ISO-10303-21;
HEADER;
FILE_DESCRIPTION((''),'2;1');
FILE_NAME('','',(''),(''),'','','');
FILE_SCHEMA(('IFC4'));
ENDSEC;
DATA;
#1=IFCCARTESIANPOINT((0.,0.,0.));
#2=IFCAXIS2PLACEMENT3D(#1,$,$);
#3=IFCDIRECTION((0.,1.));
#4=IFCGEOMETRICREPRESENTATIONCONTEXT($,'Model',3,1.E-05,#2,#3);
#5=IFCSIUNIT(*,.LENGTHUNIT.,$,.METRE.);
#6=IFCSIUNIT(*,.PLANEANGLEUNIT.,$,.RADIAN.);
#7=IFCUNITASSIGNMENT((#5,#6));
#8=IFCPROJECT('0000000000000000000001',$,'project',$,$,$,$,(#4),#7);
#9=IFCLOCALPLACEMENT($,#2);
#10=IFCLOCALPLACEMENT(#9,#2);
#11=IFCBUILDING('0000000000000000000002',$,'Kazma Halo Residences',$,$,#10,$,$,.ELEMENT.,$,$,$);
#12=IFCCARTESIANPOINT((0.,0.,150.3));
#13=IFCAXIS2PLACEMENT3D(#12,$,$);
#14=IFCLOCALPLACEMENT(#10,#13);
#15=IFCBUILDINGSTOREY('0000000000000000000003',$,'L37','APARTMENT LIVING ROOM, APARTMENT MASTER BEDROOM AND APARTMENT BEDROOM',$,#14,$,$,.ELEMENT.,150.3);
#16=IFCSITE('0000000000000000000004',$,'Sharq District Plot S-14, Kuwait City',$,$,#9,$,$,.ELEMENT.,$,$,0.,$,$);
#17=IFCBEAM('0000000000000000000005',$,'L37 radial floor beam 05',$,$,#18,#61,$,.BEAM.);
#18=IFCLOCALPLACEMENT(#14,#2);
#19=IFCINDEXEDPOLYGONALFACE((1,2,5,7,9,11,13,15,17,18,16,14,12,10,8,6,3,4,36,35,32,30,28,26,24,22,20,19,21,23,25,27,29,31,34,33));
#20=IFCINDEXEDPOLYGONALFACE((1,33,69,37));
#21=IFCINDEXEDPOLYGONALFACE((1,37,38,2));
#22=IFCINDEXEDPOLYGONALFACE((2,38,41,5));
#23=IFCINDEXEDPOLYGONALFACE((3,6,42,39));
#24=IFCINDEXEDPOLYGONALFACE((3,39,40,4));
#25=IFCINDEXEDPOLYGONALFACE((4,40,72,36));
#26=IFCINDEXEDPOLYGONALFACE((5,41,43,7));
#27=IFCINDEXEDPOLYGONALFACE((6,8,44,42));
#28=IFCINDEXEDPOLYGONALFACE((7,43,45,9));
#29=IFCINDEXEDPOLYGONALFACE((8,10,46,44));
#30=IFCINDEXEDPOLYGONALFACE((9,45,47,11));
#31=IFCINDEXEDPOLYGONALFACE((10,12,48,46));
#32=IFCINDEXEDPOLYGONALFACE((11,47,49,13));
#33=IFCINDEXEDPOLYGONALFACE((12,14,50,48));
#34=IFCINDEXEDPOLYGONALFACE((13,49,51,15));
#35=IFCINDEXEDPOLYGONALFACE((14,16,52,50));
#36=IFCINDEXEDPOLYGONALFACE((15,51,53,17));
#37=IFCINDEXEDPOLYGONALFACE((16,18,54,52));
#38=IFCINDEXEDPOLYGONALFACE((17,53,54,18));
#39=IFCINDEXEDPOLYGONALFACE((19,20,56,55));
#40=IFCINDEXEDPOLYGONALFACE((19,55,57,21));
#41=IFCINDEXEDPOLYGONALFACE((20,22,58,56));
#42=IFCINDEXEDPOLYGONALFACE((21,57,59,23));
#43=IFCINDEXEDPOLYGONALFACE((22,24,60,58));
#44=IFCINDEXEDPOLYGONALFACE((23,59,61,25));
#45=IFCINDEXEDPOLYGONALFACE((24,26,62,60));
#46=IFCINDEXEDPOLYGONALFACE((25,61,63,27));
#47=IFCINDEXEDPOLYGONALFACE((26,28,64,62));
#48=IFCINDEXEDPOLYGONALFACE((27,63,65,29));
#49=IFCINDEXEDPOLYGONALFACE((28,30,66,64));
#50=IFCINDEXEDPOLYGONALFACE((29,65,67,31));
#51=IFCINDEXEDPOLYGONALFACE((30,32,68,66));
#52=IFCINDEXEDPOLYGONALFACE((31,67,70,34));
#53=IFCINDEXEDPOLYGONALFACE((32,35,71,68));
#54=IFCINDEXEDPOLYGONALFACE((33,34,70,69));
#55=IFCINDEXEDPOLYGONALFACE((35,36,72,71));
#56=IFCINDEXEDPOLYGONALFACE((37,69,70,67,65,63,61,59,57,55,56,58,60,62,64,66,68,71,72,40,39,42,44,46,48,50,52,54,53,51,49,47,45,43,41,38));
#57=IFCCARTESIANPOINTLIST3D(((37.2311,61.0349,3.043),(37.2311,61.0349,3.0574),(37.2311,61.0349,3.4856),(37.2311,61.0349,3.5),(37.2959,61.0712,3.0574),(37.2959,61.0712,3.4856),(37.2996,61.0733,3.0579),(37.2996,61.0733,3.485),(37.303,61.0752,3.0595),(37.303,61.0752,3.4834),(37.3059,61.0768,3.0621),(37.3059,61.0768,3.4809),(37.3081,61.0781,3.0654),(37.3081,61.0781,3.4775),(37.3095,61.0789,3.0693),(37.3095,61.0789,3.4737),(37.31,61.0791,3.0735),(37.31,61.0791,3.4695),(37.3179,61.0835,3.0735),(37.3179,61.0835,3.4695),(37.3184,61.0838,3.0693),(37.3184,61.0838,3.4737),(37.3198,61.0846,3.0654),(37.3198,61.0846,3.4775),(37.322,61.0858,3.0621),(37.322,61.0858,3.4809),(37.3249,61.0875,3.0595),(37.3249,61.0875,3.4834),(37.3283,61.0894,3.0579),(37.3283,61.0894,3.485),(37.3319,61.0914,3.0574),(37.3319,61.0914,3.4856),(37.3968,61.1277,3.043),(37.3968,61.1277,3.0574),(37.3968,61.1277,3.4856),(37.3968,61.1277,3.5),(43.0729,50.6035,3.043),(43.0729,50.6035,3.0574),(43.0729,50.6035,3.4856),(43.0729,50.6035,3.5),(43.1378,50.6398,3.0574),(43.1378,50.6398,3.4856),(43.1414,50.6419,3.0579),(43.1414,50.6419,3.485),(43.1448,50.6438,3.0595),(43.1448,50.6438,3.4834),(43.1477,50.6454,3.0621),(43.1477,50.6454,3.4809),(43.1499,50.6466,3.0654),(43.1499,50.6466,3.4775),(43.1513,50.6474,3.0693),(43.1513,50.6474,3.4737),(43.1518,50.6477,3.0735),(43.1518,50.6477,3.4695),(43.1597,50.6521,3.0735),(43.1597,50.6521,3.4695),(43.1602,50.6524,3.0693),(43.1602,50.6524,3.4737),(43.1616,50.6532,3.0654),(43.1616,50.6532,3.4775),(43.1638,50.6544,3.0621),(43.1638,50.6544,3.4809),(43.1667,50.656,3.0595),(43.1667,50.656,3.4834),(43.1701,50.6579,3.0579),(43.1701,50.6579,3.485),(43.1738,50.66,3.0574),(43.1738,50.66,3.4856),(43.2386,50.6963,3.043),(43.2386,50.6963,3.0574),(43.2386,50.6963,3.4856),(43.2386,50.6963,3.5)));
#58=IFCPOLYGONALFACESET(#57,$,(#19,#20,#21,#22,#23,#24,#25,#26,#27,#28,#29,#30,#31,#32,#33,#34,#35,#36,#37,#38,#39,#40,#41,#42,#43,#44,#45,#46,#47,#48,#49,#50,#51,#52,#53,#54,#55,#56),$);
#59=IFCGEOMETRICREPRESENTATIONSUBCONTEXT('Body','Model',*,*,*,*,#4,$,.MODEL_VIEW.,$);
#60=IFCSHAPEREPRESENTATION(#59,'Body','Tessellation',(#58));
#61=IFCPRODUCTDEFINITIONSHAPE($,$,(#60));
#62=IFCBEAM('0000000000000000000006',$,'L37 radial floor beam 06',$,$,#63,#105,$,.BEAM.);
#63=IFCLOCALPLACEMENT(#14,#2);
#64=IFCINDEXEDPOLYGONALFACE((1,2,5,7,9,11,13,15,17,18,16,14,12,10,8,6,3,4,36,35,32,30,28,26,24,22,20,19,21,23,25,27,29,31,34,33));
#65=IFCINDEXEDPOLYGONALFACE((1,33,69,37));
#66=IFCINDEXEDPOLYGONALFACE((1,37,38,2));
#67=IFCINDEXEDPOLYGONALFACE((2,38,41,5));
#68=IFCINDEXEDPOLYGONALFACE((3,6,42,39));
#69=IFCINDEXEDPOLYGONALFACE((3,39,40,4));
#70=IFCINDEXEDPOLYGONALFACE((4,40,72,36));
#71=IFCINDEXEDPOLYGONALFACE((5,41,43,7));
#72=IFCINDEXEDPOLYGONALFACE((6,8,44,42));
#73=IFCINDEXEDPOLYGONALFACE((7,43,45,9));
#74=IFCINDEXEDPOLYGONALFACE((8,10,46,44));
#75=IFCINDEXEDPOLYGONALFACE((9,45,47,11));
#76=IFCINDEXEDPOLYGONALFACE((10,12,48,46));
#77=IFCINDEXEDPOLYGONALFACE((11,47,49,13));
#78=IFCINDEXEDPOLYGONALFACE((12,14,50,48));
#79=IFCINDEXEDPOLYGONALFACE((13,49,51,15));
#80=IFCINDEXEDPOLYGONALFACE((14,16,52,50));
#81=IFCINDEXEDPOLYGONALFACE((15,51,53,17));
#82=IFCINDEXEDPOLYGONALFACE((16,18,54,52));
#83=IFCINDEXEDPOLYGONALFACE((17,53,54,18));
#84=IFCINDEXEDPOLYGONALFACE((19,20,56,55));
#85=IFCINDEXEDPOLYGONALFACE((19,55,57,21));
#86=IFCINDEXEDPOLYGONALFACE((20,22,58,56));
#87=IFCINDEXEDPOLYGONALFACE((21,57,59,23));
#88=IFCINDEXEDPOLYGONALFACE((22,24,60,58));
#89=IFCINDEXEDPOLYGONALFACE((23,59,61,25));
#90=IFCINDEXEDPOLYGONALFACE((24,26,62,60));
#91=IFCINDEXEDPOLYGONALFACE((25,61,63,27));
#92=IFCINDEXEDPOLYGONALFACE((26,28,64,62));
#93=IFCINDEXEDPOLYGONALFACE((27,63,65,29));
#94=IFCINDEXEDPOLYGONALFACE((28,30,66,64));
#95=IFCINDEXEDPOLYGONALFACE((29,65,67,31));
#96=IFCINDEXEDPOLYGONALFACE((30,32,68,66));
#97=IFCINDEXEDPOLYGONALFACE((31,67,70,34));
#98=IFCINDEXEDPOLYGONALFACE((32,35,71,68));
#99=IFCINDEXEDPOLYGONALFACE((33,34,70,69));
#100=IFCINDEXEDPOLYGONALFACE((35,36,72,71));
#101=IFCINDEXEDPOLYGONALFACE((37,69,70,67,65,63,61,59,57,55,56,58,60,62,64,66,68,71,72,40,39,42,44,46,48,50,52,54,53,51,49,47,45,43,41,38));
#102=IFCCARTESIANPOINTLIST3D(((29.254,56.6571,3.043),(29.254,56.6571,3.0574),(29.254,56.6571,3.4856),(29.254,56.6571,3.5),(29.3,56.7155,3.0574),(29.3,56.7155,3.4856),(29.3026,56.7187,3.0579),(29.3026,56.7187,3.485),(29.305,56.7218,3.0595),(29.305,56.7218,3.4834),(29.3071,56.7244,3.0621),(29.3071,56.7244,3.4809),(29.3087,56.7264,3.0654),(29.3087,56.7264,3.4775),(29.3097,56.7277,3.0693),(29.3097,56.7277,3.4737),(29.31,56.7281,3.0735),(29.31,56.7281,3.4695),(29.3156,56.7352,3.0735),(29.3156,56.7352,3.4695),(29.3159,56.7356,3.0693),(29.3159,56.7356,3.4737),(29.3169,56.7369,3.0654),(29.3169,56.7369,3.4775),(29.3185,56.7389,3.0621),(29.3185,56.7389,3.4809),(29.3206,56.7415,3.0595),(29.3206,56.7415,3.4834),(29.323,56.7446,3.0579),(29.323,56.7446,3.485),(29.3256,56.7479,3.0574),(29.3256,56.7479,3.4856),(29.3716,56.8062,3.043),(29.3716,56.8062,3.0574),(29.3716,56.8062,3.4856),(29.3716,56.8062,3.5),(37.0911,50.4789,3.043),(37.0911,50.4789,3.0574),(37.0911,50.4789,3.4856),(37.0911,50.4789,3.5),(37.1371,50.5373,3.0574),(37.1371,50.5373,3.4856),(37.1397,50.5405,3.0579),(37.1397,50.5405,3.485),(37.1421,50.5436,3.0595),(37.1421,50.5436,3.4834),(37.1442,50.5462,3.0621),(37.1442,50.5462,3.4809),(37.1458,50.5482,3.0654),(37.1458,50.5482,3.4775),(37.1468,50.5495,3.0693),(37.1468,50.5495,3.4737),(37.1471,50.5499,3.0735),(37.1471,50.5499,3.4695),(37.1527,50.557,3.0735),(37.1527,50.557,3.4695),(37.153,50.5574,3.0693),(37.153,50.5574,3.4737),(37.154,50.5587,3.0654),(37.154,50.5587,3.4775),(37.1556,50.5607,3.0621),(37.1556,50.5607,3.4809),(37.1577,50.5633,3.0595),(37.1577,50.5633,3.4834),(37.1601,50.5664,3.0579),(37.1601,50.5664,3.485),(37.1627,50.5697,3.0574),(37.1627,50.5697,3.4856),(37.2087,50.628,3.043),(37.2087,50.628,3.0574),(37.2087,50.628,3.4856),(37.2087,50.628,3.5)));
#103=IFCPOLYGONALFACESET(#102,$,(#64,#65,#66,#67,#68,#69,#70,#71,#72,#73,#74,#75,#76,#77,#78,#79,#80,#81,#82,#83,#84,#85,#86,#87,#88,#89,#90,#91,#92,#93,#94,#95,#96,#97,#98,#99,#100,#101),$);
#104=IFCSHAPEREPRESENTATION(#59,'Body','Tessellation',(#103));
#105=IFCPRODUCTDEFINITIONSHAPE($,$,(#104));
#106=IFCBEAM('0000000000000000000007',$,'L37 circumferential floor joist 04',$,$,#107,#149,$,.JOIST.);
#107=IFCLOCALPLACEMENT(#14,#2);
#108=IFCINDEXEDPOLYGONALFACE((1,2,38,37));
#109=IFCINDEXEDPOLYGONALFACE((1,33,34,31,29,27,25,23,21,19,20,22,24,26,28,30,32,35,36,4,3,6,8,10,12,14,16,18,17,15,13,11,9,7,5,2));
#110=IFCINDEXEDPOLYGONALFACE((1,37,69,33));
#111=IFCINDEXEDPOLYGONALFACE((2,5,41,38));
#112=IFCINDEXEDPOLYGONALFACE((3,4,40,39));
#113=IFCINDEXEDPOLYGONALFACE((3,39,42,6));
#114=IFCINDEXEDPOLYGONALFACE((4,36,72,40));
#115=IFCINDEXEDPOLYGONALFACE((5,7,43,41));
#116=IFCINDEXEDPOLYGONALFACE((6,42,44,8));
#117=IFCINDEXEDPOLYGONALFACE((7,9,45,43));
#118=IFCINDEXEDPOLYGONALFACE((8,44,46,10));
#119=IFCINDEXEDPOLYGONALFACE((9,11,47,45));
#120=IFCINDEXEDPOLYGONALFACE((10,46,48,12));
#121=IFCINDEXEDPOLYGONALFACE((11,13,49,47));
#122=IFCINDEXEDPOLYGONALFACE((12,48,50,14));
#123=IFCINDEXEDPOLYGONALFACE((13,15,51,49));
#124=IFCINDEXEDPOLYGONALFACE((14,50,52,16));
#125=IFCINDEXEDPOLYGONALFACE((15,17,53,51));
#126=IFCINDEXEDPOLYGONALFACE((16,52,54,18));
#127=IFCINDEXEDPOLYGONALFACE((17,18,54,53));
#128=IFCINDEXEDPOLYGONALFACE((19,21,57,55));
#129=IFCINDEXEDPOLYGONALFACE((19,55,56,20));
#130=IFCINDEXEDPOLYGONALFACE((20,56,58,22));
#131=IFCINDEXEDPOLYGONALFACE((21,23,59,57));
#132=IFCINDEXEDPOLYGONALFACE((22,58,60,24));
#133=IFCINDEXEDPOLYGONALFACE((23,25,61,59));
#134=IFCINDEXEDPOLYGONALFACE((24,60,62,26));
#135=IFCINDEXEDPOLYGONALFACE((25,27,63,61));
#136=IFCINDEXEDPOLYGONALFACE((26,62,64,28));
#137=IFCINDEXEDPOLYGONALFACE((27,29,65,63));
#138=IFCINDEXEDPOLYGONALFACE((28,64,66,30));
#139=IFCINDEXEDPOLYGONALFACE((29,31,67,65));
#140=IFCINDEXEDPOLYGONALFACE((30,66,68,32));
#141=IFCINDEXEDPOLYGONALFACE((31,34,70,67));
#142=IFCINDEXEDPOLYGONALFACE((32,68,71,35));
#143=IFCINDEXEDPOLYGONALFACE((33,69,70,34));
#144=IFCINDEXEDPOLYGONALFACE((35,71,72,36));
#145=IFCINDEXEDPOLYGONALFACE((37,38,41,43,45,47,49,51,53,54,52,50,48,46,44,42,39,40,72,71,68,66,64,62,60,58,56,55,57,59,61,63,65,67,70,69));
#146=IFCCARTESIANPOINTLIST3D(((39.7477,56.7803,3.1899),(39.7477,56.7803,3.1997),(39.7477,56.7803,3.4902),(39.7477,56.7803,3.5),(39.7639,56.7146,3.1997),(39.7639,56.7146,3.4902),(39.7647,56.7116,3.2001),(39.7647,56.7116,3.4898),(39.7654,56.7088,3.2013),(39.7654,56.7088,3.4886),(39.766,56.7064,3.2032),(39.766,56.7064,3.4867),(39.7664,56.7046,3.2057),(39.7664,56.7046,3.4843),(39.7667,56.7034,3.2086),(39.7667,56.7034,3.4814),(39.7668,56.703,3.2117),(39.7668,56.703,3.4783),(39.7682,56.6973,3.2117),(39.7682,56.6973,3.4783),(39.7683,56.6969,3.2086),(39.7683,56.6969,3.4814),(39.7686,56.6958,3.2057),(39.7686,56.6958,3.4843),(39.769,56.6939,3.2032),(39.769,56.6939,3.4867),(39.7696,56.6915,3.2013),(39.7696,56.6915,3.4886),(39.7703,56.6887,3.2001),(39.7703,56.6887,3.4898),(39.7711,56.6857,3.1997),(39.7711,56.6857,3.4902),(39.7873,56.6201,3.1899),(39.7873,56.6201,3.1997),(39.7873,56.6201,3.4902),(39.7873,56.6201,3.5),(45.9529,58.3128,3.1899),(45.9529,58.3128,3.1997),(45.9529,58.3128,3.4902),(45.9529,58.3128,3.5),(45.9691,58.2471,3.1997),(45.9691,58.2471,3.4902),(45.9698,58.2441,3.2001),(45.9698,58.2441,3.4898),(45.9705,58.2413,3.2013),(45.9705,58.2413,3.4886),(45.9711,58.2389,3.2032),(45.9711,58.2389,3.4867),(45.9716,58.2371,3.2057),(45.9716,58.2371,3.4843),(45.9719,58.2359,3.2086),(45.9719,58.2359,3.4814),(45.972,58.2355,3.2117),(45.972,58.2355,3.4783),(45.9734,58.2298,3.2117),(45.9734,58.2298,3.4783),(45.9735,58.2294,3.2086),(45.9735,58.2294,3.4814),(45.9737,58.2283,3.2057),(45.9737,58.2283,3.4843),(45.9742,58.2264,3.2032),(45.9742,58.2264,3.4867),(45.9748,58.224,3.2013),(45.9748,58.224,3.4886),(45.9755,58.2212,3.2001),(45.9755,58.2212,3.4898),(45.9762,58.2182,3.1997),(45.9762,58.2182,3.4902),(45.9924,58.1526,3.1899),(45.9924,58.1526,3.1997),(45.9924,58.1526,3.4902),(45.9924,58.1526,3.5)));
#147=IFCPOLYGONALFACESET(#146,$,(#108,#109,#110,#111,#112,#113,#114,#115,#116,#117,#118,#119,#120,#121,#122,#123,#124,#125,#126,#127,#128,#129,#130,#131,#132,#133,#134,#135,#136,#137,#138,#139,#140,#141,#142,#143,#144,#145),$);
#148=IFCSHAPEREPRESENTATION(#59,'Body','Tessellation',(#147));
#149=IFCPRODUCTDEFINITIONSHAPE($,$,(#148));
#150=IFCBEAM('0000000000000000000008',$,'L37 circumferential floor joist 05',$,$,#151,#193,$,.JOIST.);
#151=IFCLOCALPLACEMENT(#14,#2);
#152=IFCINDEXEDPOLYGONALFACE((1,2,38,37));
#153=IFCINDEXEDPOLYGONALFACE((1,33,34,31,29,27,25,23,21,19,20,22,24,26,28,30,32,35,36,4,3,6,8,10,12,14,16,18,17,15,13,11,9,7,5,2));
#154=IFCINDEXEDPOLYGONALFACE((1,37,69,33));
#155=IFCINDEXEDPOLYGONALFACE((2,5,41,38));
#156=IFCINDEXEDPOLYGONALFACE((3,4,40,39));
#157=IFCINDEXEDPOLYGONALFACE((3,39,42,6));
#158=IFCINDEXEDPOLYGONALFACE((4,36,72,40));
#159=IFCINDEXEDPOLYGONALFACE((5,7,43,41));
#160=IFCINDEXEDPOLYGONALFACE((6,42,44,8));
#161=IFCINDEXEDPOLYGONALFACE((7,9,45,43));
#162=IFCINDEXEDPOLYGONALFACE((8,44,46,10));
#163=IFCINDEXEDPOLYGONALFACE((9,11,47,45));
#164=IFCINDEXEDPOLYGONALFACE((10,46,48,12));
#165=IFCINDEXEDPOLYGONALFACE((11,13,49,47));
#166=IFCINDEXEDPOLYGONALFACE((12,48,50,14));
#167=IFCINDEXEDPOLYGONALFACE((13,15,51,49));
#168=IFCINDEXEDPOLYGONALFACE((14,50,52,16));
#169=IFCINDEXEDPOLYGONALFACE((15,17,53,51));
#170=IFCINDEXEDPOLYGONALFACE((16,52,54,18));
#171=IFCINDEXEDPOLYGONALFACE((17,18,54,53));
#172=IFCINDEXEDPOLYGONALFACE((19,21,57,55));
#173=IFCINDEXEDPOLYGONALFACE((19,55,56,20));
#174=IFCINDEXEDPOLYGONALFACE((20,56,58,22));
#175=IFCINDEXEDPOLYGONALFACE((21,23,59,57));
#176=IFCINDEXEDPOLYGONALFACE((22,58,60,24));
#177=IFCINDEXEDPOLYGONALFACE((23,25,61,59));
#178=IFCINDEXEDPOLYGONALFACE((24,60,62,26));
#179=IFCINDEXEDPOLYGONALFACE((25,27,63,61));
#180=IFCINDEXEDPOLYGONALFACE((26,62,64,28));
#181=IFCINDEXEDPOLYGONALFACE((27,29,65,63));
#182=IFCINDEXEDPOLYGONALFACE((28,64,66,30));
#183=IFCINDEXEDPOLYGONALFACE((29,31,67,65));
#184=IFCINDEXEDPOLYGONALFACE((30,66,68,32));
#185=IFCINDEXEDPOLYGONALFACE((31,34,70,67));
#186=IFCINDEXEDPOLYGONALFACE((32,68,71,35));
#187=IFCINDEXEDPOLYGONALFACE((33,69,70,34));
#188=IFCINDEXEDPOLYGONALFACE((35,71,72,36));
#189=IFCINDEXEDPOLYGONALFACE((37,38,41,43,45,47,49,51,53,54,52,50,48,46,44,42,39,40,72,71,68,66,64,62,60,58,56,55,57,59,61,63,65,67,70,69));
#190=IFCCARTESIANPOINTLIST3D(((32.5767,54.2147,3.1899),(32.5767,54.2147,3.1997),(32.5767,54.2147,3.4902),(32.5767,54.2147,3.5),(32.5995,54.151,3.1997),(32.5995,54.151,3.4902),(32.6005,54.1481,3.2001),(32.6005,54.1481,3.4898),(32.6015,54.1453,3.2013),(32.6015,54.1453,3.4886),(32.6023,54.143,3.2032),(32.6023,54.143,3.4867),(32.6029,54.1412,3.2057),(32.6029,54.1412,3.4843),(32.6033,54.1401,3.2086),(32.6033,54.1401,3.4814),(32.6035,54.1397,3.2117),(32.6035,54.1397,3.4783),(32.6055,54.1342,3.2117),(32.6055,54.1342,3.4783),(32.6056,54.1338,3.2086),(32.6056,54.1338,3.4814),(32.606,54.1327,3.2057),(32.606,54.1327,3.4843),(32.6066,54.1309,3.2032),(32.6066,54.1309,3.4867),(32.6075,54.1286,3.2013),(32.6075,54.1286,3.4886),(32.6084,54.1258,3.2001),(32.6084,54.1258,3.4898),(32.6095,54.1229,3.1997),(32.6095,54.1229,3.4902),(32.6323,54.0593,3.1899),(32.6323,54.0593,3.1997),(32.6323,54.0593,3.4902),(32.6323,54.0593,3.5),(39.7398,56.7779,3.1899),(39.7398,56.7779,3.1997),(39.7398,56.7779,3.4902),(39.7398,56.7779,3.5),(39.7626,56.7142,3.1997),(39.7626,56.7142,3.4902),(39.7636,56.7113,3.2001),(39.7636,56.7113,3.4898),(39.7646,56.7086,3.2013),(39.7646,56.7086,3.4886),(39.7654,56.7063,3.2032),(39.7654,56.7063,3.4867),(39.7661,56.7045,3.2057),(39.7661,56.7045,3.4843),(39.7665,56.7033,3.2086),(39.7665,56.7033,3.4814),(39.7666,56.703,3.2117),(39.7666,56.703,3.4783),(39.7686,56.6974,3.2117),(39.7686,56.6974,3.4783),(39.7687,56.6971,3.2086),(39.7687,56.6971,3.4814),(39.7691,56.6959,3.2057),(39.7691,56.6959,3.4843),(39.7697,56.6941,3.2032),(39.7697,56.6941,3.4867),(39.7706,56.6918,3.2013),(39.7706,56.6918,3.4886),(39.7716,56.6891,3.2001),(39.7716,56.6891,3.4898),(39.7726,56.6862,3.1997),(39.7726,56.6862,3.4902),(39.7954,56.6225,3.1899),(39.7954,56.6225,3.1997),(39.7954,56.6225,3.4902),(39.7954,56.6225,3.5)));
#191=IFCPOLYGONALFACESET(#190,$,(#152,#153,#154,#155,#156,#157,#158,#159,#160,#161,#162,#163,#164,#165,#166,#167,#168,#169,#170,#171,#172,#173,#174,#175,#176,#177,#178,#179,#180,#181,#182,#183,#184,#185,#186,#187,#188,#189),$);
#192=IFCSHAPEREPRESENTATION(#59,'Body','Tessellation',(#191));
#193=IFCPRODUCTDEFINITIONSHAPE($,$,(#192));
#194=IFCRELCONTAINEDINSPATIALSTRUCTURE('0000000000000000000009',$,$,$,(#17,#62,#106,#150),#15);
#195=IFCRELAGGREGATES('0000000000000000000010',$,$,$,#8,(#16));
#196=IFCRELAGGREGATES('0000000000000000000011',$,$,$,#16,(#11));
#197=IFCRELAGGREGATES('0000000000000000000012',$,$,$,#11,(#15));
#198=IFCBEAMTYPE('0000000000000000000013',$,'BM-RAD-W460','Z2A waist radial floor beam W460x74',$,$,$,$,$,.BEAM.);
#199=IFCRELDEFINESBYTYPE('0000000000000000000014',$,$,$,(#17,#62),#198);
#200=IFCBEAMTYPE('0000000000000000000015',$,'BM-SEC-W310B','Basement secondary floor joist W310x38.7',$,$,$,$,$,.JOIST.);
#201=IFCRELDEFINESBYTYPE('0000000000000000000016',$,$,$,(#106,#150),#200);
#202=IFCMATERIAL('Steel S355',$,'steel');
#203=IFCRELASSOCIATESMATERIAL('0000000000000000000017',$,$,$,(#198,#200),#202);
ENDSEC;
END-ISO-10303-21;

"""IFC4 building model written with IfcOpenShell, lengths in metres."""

from ifc_helpers import new_model, si_unit, direction, frame, origin, origin_2d, place, context, subcontext, project, spatial, i_section, extrude, material, material_profile, profile_set, type_object, element, save


model = new_model("IFC4")

# Units and contexts
model_context = context("Model", 3, precision=1e-05, world=origin(), true_north=direction((0.0, 1.0)))
body_context = subcontext(model_context, "Body", "Model", "MODEL_VIEW")
ifc_project = project(units=[si_unit("LENGTHUNIT", "METRE"), si_unit("PLANEANGLEUNIT", "RADIAN")], contexts=[model_context])

# Site, building, storey
site_placement = place(None, origin())
site = spatial("IfcSite", under=ifc_project, at=site_placement, Name="Sharq District Plot S-14, Kuwait City", CompositionType="ELEMENT", RefElevation=0.0)
building_placement = place(site_placement, origin())
building = spatial("IfcBuilding", under=site, at=building_placement, Name="Kazma Halo Residences", CompositionType="ELEMENT")
storey_placement = place(building_placement, frame((0.0, 0.0, 150.3)))
storey = spatial("IfcBuildingStorey", under=building, at=storey_placement, Name="L37", Description="APARTMENT LIVING ROOM, APARTMENT MASTER BEDROOM AND APARTMENT BEDROOM", CompositionType="ELEMENT", Elevation=150.3)

# Beams
ifc_material_1 = material(Name="Steel S355", Category="steel")
ifc_material_profile_1 = material_profile(ifc_material_1, i_section(OverallWidth=0.1899, OverallDepth=0.457, WebThickness=0.009, FlangeThickness=0.0144, FilletRadius=0.0161, at=origin_2d()), Name="W460x74")
ifc_profile_set_1 = profile_set([ifc_material_profile_1], Name="Steel S355")
beam_type_1 = type_object("IfcBeamType", Name="BM-RAD-W460", Description="Z2A waist radial floor beam W460x74", PredefinedType="BEAM", material=ifc_profile_set_1)
beam_1_placement = place(storey_placement, frame((43.1558, 50.6499, 3.2715), z_axis=(-0.488617, 0.872498, 0.0), x_axis=(-0.872498, -0.488617, 0.0)))
element("IfcBeam", 1, at=beam_1_placement, inside=storey, type_object=beam_type_1, Name="L37 radial floor beam 05", PredefinedType="BEAM", context=body_context, shape_type="SweptSolid", body=[
    extrude(i_section(OverallWidth=0.1899, OverallDepth=0.457, WebThickness=0.009, FlangeThickness=0.0144, FilletRadius=0.0161, at=origin_2d()), origin(), (0.0, 0.0, 1.0), 11.9558),
])
beam_2_placement = place(storey_placement, frame((37.1499, 50.5535, 3.2715), z_axis=(-0.785322, 0.619088, 0.0), x_axis=(-0.619088, -0.785322, 0.0)))
element("IfcBeam", 2, at=beam_2_placement, inside=storey, type_object=beam_type_1, Name="L37 radial floor beam 06", PredefinedType="BEAM", context=body_context, shape_type="SweptSolid", body=[
    extrude(i_section(OverallWidth=0.1899, OverallDepth=0.457, WebThickness=0.009, FlangeThickness=0.0144, FilletRadius=0.0161, at=origin_2d()), origin(), (0.0, 0.0, 1.0), 9.9795),
])
ifc_material_profile_2 = material_profile(ifc_material_1, i_section(OverallWidth=0.165, OverallDepth=0.3101, WebThickness=0.0059, FlangeThickness=0.0098, FilletRadius=0.012, at=origin_2d()), Name="W310x38.7")
ifc_profile_set_2 = profile_set([ifc_material_profile_2], Name="Steel S355")
beam_type_2 = type_object("IfcBeamType", Name="BM-SEC-W310B", Description="Basement secondary floor joist W310x38.7", PredefinedType="JOIST", material=ifc_profile_set_2)
beam_3_placement = place(storey_placement, frame((45.9727, 58.2327, 3.345), z_axis=(-0.970831, -0.239766, 0.0), x_axis=(0.239766, -0.970831, 0.0)))
element("IfcBeam", 3, at=beam_3_placement, inside=storey, type_object=beam_type_2, Name="L37 circumferential floor joist 04", PredefinedType="JOIST", context=body_context, shape_type="SweptSolid", body=[
    extrude(i_section(OverallWidth=0.165, OverallDepth=0.3101, WebThickness=0.0059, FlangeThickness=0.0098, FilletRadius=0.012, at=origin_2d()), origin(), (0.0, 0.0, 1.0), 6.3916),
])
beam_4_placement = place(storey_placement, frame((39.7676, 56.7002, 3.345), z_axis=(-0.941534, -0.336918, 0.0), x_axis=(0.336918, -0.941534, 0.0)))
element("IfcBeam", 4, at=beam_4_placement, inside=storey, type_object=beam_type_2, Name="L37 circumferential floor joist 05", PredefinedType="JOIST", context=body_context, shape_type="SweptSolid", body=[
    extrude(i_section(OverallWidth=0.165, OverallDepth=0.3101, WebThickness=0.0059, FlangeThickness=0.0098, FilletRadius=0.012, at=origin_2d()), origin(), (0.0, 0.0, 1.0), 7.6079),
])

save(model, "model.ifc")
